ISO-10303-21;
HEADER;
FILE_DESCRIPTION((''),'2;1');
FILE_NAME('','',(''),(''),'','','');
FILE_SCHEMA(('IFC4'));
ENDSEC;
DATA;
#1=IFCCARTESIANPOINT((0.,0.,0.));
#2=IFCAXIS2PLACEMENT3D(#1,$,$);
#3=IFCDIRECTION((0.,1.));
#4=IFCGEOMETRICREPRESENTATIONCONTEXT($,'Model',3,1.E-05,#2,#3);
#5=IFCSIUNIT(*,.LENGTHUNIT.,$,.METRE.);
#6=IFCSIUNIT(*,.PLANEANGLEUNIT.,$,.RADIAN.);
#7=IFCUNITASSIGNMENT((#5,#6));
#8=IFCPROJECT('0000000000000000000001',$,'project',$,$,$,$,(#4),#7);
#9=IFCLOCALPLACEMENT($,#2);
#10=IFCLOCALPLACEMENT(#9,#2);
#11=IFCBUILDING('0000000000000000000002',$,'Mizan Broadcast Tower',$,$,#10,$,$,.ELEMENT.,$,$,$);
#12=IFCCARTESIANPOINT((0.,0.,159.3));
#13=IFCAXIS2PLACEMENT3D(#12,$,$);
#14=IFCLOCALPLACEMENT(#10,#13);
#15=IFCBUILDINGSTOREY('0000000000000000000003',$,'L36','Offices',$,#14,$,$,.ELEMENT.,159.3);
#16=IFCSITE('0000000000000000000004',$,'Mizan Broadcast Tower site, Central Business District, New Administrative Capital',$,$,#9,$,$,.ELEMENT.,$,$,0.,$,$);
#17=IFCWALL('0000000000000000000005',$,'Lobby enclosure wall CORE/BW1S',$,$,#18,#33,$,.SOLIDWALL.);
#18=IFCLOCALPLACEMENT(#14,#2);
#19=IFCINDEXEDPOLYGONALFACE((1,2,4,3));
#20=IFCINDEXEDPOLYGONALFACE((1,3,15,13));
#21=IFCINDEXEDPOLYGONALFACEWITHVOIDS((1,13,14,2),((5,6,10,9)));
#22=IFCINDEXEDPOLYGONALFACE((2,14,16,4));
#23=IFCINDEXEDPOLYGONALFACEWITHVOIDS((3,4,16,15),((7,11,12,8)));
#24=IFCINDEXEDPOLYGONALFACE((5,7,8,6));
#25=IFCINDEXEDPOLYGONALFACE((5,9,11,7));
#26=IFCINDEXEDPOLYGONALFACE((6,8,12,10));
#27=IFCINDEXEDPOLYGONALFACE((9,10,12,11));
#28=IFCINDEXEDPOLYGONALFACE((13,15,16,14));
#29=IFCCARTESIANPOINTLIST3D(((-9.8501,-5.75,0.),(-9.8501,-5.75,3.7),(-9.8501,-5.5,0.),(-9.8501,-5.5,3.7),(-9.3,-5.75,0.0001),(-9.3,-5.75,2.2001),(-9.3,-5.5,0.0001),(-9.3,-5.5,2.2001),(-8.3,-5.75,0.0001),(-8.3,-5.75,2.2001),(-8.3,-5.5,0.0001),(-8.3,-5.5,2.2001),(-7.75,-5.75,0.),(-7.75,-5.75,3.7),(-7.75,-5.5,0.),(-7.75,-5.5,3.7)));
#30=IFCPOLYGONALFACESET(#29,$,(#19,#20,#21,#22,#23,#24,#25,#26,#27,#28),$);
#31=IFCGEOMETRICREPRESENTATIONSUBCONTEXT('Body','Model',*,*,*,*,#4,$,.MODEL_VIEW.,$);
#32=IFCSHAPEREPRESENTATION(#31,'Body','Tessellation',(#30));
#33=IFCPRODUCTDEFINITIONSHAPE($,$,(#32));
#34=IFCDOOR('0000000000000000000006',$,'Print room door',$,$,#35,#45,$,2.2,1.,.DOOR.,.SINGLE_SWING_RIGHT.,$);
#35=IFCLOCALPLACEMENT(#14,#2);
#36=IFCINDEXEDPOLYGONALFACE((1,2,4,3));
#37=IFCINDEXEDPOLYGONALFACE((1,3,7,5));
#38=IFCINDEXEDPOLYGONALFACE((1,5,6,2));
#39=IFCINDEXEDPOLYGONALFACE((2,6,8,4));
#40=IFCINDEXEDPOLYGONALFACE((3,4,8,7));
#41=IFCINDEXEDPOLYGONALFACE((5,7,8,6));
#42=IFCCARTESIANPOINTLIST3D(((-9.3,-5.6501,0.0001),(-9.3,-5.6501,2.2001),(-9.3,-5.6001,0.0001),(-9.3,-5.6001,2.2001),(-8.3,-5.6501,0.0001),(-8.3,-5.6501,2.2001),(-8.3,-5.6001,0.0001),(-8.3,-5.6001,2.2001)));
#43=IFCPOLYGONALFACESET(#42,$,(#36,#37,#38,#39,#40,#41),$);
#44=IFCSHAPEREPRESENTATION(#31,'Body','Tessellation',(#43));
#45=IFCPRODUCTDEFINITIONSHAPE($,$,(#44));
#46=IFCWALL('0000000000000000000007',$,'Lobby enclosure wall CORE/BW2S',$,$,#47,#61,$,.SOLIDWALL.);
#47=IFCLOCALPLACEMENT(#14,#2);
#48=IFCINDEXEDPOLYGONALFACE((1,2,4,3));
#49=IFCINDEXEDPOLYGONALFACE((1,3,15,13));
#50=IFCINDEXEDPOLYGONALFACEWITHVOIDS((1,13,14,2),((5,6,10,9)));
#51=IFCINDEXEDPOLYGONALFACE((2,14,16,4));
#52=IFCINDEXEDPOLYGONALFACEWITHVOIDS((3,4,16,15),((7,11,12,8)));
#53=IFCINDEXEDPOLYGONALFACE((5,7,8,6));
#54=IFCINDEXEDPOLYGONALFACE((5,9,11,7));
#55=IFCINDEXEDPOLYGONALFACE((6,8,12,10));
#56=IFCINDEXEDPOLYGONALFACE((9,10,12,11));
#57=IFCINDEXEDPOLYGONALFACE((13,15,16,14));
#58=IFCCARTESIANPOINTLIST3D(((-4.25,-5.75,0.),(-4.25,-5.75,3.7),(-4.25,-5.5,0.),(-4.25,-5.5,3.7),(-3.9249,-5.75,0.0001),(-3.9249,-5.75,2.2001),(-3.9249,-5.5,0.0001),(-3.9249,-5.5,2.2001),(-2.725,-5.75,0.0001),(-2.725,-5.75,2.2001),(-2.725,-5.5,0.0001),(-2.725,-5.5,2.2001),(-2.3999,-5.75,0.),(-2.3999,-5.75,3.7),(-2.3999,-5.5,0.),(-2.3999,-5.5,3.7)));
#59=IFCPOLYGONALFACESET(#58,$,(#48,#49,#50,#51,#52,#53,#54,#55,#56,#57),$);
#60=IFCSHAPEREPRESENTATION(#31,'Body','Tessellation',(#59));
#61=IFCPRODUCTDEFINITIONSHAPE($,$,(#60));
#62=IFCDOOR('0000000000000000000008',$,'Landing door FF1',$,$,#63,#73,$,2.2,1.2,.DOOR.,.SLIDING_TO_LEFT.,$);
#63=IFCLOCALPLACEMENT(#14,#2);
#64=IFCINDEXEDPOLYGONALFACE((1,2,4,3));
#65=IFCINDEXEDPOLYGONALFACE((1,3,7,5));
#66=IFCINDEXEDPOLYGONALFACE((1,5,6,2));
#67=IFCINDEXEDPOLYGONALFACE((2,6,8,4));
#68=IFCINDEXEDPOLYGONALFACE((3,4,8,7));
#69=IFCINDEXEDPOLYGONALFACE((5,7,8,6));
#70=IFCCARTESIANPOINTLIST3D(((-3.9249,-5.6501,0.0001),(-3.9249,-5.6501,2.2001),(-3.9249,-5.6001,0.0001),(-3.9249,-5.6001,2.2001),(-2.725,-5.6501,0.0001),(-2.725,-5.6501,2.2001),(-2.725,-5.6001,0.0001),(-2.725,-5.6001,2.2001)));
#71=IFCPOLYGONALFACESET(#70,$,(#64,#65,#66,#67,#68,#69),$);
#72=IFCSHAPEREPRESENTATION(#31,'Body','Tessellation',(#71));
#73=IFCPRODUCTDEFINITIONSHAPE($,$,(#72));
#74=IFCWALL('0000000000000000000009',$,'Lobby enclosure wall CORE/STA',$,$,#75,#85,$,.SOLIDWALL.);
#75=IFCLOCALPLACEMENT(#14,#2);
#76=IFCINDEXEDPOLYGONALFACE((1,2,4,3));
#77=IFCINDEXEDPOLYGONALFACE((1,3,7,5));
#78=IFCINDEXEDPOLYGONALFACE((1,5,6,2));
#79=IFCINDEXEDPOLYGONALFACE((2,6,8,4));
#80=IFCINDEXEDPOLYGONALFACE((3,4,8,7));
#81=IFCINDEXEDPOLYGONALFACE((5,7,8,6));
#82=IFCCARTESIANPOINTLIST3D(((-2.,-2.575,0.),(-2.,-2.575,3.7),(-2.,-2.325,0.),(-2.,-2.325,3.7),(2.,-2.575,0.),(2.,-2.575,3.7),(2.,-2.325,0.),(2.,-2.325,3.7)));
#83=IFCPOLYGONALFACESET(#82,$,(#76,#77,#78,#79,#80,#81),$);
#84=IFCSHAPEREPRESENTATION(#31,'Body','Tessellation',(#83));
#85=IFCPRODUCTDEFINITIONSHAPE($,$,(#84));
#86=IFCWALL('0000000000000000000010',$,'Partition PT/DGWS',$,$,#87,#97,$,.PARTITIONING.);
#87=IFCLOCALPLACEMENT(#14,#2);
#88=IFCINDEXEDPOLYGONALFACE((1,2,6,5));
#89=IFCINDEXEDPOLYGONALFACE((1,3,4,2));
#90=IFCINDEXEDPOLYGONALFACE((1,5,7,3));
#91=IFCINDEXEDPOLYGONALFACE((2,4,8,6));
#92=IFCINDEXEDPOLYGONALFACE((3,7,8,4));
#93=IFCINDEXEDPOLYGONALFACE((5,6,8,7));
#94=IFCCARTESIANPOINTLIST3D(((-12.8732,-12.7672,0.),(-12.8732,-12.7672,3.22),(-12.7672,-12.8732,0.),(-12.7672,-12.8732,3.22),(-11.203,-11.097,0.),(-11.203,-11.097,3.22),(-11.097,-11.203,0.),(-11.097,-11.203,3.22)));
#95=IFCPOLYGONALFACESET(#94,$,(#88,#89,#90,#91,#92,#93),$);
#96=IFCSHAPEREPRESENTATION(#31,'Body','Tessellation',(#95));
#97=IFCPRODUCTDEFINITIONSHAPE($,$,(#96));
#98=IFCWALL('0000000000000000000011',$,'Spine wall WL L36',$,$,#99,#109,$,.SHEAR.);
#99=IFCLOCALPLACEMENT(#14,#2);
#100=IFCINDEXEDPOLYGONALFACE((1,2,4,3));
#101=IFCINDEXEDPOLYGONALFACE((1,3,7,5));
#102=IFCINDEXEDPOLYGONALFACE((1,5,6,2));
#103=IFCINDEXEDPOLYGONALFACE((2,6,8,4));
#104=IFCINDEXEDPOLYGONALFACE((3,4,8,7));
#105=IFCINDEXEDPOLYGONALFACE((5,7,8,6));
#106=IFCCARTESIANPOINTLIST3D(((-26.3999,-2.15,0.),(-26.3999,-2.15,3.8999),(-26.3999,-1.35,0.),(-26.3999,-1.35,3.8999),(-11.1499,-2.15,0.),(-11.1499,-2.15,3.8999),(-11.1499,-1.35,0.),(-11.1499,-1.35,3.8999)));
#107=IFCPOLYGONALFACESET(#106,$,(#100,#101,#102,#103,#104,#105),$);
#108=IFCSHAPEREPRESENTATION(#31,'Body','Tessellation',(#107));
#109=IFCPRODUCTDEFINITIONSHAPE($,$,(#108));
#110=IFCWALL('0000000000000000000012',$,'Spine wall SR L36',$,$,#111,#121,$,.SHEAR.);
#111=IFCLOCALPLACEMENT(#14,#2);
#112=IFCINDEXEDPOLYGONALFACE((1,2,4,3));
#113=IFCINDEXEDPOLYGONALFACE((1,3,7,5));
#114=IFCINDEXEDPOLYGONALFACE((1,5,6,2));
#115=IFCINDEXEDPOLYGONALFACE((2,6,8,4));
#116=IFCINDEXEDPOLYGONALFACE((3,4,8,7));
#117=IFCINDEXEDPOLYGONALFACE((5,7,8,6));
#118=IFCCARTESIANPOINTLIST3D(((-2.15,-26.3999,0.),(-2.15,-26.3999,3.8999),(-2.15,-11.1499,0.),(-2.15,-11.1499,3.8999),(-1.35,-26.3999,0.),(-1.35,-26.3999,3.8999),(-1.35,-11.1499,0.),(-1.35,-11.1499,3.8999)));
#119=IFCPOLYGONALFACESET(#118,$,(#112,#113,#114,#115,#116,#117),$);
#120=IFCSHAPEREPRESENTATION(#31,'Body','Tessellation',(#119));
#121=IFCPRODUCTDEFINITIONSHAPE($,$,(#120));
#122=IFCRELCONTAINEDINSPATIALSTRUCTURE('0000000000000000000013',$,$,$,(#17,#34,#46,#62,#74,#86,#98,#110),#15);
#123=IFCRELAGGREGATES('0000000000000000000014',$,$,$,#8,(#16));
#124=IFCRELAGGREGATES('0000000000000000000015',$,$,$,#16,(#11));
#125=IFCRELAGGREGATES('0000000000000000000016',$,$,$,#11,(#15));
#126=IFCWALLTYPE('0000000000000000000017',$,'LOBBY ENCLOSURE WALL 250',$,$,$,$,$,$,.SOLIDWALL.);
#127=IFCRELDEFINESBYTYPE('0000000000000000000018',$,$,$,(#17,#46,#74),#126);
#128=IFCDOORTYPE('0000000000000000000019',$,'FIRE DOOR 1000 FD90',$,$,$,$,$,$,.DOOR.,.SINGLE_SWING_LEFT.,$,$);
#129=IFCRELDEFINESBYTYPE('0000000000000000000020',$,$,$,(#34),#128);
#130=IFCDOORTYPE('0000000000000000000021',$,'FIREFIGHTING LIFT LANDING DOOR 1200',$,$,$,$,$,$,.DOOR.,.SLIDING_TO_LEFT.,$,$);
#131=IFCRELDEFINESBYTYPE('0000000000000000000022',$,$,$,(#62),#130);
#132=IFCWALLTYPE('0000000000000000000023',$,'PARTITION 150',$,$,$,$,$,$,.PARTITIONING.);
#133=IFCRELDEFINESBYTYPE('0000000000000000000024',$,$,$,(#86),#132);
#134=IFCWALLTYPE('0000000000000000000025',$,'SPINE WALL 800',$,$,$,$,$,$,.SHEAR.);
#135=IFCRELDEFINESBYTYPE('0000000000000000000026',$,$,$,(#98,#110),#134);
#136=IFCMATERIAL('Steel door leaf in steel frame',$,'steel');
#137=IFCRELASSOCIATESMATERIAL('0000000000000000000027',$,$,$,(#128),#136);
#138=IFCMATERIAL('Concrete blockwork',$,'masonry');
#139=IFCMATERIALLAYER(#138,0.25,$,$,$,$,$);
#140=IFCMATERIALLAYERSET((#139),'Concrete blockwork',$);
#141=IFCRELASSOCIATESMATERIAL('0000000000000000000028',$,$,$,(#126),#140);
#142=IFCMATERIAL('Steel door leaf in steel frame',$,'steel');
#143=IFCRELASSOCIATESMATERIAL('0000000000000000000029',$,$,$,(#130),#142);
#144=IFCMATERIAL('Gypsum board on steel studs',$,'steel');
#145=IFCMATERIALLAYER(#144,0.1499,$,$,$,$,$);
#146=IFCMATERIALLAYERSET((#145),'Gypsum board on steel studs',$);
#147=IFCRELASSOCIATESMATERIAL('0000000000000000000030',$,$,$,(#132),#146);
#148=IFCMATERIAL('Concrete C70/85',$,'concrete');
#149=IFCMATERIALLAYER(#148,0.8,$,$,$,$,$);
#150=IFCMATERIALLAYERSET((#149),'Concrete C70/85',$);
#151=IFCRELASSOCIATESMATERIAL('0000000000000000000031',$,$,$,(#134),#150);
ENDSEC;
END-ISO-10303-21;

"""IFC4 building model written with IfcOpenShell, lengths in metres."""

from ifc_helpers import new_model, si_unit, direction, frame, frame_2d, origin, place, context, subcontext, project, spatial, rectangle, extrude, material, layer, layer_set, type_object, element, fill, save


model = new_model("IFC4")

# Units and contexts
model_context = context("Model", 3, precision=1e-05, world=origin(), true_north=direction((0.0, 1.0)))
body_context = subcontext(model_context, "Body", "Model", "MODEL_VIEW")
ifc_project = project(units=[si_unit("LENGTHUNIT", "METRE"), si_unit("PLANEANGLEUNIT", "RADIAN")], contexts=[model_context])

# Site, building, storey
site_placement = place(None, origin())
site = spatial("IfcSite", under=ifc_project, at=site_placement, Name="Mizan Broadcast Tower site, Central Business District, New Administrative Capital", CompositionType="ELEMENT", RefElevation=0.0)
building_placement = place(site_placement, origin())
building = spatial("IfcBuilding", under=site, at=building_placement, Name="Mizan Broadcast Tower", CompositionType="ELEMENT")
storey_placement = place(building_placement, frame((0.0, 0.0, 159.3)))
storey = spatial("IfcBuildingStorey", under=building, at=storey_placement, Name="L36", Description="Offices", CompositionType="ELEMENT", Elevation=159.3)

# Shared definitions
ifc_material_1 = material(Name="Steel door leaf in steel frame", Category="steel")
door_type_1 = type_object("IfcDoorType", Name="FIRE DOOR 1000 FD90", OperationType="SINGLE_SWING_LEFT", PredefinedType="DOOR", material=ifc_material_1)

# Walls, openings, doors
ifc_material_2 = material(Name="Concrete blockwork", Category="masonry")
ifc_layer_1 = layer(ifc_material_2, 0.25)
ifc_layer_set_1 = layer_set([ifc_layer_1], Name="Concrete blockwork")
wall_type_1 = type_object("IfcWallType", Name="LOBBY ENCLOSURE WALL 250", PredefinedType="SOLIDWALL", material=ifc_layer_set_1)
wall_1_placement = place(storey_placement, frame((-9.8501, -5.625, 0.0), z_axis=(0.0, 0.0, 1.0), x_axis=(1.0, 0.0, 0.0)))
wall_1 = element("IfcWall", 1, at=wall_1_placement, inside=storey, type_object=wall_type_1, Name="Lobby enclosure wall CORE/BW1S", PredefinedType="SOLIDWALL", context=body_context, shape_type="SweptSolid", body=[
    extrude(rectangle(XDim=2.1001, YDim=0.25, at=frame_2d((1.05, 0.0))), origin(), (0.0, 0.0, 1.0), 3.7),
])
opening_1_placement = place(wall_1_placement, frame((0.55, 0.0, 0.0)))
opening_1 = element("IfcOpeningElement", 2, at=opening_1_placement, cuts=wall_1, PredefinedType="OPENING", context=body_context, shape_type="SweptSolid", body=[
    extrude(rectangle(XDim=1.0, YDim=2.2, at=frame_2d((0.5, 1.1001))), frame((0.0, 0.135, 0.0), z_axis=(0.0, -1.0, 0.0), x_axis=(1.0, 0.0, 0.0)), (0.0, 0.0, 1.0), 0.27),
])
door_1_placement = place(opening_1_placement, origin())
door_1 = element("IfcDoor", 3, at=door_1_placement, inside=storey, type_object=door_type_1, Name="Print room door", OperationType="SINGLE_SWING_RIGHT", OverallHeight=2.2, OverallWidth=1.0, PredefinedType="DOOR", context=body_context, shape_type="SweptSolid", body=[
    extrude(rectangle(XDim=1.0, YDim=2.2, at=frame_2d((0.5, 1.1001))), frame((0.0, 0.0249, 0.0), z_axis=(0.0, -1.0, 0.0), x_axis=(1.0, 0.0, 0.0)), (0.0, 0.0, 1.0), 0.05),
])
fill(opening_1, door_1)
wall_2_placement = place(storey_placement, frame((-4.25, -5.625, 0.0), z_axis=(0.0, 0.0, 1.0), x_axis=(1.0, 0.0, 0.0)))
wall_2 = element("IfcWall", 4, at=wall_2_placement, inside=storey, type_object=wall_type_1, Name="Lobby enclosure wall CORE/BW2S", PredefinedType="SOLIDWALL", context=body_context, shape_type="SweptSolid", body=[
    extrude(rectangle(XDim=1.8501, YDim=0.25, at=frame_2d((0.925, 0.0))), origin(), (0.0, 0.0, 1.0), 3.7),
])
opening_2_placement = place(wall_2_placement, frame((0.325, 0.0, 0.0)))
opening_2 = element("IfcOpeningElement", 5, at=opening_2_placement, cuts=wall_2, PredefinedType="OPENING", context=body_context, shape_type="SweptSolid", body=[
    extrude(rectangle(XDim=1.2, YDim=2.2, at=frame_2d((0.6001, 1.1001))), frame((0.0, 0.135, 0.0), z_axis=(0.0, -1.0, 0.0), x_axis=(1.0, 0.0, 0.0)), (0.0, 0.0, 1.0), 0.27),
])
ifc_material_3 = material(Name="Steel door leaf in steel frame", Category="steel")
door_type_2 = type_object("IfcDoorType", Name="FIREFIGHTING LIFT LANDING DOOR 1200", OperationType="SLIDING_TO_LEFT", PredefinedType="DOOR", material=ifc_material_3)
door_2_placement = place(opening_2_placement, origin())
door_2 = element("IfcDoor", 6, at=door_2_placement, inside=storey, type_object=door_type_2, Name="Landing door FF1", OperationType="SLIDING_TO_LEFT", OverallHeight=2.2, OverallWidth=1.2, PredefinedType="DOOR", context=body_context, shape_type="SweptSolid", body=[
    extrude(rectangle(XDim=1.2, YDim=2.2, at=frame_2d((0.6001, 1.1001))), frame((0.0, 0.0249, 0.0), z_axis=(0.0, -1.0, 0.0), x_axis=(1.0, 0.0, 0.0)), (0.0, 0.0, 1.0), 0.05),
])
fill(opening_2, door_2)

# Walls
wall_3_placement = place(storey_placement, frame((-2.0, -2.45, 0.0), z_axis=(0.0, 0.0, 1.0), x_axis=(1.0, 0.0, 0.0)))
element("IfcWall", 7, at=wall_3_placement, inside=storey, type_object=wall_type_1, Name="Lobby enclosure wall CORE/STA", PredefinedType="SOLIDWALL", context=body_context, shape_type="SweptSolid", body=[
    extrude(rectangle(XDim=4.0, YDim=0.25, at=frame_2d((2.0, 0.0))), origin(), (0.0, 0.0, 1.0), 3.7),
])
ifc_material_4 = material(Name="Gypsum board on steel studs", Category="steel")
ifc_layer_2 = layer(ifc_material_4, 0.1499)
ifc_layer_set_2 = layer_set([ifc_layer_2], Name="Gypsum board on steel studs")
wall_type_2 = type_object("IfcWallType", Name="PARTITION 150", PredefinedType="PARTITIONING", material=ifc_layer_set_2)
wall_4_placement = place(storey_placement, frame((-11.1499, -11.1499, 0.0), z_axis=(0.0, 0.0, 1.0), x_axis=(-0.707107, -0.707107, 0.0)))
element("IfcWall", 8, at=wall_4_placement, inside=storey, type_object=wall_type_2, Name="Partition PT/DGWS", PredefinedType="PARTITIONING", context=body_context, shape_type="SweptSolid", body=[
    extrude(rectangle(XDim=2.3621, YDim=0.1499, at=frame_2d((1.1812, 0.0))), origin(), (0.0, 0.0, 1.0), 3.22),
])
ifc_material_5 = material(Name="Concrete C70/85", Category="concrete")
ifc_layer_3 = layer(ifc_material_5, 0.8)
ifc_layer_set_3 = layer_set([ifc_layer_3], Name="Concrete C70/85")
wall_type_3 = type_object("IfcWallType", Name="SPINE WALL 800", PredefinedType="SHEAR", material=ifc_layer_set_3)
for number, where, z_axis, x_axis, name in (
    (9, (-11.1499, -1.75, 0.0), (0.0, 0.0, 1.0), (-1.0, 0.0, 0.0), "Spine wall WL L36"),
    (10, (-1.75, -11.1499, 0.0), (0.0, 0.0, 1.0), (0.0, -1.0, 0.0), "Spine wall SR L36"),
):
    element("IfcWall", number, at=place(storey_placement, frame(where, z_axis=z_axis, x_axis=x_axis)), inside=storey, type_object=wall_type_3, Name=name, PredefinedType="SHEAR", context=body_context, shape_type="SweptSolid", body=[
        extrude(rectangle(XDim=15.25, YDim=0.8, at=frame_2d((7.625, 0.0))), origin(), (0.0, 0.0, 1.0), 3.8999),
    ])

save(model, "model.ifc")
